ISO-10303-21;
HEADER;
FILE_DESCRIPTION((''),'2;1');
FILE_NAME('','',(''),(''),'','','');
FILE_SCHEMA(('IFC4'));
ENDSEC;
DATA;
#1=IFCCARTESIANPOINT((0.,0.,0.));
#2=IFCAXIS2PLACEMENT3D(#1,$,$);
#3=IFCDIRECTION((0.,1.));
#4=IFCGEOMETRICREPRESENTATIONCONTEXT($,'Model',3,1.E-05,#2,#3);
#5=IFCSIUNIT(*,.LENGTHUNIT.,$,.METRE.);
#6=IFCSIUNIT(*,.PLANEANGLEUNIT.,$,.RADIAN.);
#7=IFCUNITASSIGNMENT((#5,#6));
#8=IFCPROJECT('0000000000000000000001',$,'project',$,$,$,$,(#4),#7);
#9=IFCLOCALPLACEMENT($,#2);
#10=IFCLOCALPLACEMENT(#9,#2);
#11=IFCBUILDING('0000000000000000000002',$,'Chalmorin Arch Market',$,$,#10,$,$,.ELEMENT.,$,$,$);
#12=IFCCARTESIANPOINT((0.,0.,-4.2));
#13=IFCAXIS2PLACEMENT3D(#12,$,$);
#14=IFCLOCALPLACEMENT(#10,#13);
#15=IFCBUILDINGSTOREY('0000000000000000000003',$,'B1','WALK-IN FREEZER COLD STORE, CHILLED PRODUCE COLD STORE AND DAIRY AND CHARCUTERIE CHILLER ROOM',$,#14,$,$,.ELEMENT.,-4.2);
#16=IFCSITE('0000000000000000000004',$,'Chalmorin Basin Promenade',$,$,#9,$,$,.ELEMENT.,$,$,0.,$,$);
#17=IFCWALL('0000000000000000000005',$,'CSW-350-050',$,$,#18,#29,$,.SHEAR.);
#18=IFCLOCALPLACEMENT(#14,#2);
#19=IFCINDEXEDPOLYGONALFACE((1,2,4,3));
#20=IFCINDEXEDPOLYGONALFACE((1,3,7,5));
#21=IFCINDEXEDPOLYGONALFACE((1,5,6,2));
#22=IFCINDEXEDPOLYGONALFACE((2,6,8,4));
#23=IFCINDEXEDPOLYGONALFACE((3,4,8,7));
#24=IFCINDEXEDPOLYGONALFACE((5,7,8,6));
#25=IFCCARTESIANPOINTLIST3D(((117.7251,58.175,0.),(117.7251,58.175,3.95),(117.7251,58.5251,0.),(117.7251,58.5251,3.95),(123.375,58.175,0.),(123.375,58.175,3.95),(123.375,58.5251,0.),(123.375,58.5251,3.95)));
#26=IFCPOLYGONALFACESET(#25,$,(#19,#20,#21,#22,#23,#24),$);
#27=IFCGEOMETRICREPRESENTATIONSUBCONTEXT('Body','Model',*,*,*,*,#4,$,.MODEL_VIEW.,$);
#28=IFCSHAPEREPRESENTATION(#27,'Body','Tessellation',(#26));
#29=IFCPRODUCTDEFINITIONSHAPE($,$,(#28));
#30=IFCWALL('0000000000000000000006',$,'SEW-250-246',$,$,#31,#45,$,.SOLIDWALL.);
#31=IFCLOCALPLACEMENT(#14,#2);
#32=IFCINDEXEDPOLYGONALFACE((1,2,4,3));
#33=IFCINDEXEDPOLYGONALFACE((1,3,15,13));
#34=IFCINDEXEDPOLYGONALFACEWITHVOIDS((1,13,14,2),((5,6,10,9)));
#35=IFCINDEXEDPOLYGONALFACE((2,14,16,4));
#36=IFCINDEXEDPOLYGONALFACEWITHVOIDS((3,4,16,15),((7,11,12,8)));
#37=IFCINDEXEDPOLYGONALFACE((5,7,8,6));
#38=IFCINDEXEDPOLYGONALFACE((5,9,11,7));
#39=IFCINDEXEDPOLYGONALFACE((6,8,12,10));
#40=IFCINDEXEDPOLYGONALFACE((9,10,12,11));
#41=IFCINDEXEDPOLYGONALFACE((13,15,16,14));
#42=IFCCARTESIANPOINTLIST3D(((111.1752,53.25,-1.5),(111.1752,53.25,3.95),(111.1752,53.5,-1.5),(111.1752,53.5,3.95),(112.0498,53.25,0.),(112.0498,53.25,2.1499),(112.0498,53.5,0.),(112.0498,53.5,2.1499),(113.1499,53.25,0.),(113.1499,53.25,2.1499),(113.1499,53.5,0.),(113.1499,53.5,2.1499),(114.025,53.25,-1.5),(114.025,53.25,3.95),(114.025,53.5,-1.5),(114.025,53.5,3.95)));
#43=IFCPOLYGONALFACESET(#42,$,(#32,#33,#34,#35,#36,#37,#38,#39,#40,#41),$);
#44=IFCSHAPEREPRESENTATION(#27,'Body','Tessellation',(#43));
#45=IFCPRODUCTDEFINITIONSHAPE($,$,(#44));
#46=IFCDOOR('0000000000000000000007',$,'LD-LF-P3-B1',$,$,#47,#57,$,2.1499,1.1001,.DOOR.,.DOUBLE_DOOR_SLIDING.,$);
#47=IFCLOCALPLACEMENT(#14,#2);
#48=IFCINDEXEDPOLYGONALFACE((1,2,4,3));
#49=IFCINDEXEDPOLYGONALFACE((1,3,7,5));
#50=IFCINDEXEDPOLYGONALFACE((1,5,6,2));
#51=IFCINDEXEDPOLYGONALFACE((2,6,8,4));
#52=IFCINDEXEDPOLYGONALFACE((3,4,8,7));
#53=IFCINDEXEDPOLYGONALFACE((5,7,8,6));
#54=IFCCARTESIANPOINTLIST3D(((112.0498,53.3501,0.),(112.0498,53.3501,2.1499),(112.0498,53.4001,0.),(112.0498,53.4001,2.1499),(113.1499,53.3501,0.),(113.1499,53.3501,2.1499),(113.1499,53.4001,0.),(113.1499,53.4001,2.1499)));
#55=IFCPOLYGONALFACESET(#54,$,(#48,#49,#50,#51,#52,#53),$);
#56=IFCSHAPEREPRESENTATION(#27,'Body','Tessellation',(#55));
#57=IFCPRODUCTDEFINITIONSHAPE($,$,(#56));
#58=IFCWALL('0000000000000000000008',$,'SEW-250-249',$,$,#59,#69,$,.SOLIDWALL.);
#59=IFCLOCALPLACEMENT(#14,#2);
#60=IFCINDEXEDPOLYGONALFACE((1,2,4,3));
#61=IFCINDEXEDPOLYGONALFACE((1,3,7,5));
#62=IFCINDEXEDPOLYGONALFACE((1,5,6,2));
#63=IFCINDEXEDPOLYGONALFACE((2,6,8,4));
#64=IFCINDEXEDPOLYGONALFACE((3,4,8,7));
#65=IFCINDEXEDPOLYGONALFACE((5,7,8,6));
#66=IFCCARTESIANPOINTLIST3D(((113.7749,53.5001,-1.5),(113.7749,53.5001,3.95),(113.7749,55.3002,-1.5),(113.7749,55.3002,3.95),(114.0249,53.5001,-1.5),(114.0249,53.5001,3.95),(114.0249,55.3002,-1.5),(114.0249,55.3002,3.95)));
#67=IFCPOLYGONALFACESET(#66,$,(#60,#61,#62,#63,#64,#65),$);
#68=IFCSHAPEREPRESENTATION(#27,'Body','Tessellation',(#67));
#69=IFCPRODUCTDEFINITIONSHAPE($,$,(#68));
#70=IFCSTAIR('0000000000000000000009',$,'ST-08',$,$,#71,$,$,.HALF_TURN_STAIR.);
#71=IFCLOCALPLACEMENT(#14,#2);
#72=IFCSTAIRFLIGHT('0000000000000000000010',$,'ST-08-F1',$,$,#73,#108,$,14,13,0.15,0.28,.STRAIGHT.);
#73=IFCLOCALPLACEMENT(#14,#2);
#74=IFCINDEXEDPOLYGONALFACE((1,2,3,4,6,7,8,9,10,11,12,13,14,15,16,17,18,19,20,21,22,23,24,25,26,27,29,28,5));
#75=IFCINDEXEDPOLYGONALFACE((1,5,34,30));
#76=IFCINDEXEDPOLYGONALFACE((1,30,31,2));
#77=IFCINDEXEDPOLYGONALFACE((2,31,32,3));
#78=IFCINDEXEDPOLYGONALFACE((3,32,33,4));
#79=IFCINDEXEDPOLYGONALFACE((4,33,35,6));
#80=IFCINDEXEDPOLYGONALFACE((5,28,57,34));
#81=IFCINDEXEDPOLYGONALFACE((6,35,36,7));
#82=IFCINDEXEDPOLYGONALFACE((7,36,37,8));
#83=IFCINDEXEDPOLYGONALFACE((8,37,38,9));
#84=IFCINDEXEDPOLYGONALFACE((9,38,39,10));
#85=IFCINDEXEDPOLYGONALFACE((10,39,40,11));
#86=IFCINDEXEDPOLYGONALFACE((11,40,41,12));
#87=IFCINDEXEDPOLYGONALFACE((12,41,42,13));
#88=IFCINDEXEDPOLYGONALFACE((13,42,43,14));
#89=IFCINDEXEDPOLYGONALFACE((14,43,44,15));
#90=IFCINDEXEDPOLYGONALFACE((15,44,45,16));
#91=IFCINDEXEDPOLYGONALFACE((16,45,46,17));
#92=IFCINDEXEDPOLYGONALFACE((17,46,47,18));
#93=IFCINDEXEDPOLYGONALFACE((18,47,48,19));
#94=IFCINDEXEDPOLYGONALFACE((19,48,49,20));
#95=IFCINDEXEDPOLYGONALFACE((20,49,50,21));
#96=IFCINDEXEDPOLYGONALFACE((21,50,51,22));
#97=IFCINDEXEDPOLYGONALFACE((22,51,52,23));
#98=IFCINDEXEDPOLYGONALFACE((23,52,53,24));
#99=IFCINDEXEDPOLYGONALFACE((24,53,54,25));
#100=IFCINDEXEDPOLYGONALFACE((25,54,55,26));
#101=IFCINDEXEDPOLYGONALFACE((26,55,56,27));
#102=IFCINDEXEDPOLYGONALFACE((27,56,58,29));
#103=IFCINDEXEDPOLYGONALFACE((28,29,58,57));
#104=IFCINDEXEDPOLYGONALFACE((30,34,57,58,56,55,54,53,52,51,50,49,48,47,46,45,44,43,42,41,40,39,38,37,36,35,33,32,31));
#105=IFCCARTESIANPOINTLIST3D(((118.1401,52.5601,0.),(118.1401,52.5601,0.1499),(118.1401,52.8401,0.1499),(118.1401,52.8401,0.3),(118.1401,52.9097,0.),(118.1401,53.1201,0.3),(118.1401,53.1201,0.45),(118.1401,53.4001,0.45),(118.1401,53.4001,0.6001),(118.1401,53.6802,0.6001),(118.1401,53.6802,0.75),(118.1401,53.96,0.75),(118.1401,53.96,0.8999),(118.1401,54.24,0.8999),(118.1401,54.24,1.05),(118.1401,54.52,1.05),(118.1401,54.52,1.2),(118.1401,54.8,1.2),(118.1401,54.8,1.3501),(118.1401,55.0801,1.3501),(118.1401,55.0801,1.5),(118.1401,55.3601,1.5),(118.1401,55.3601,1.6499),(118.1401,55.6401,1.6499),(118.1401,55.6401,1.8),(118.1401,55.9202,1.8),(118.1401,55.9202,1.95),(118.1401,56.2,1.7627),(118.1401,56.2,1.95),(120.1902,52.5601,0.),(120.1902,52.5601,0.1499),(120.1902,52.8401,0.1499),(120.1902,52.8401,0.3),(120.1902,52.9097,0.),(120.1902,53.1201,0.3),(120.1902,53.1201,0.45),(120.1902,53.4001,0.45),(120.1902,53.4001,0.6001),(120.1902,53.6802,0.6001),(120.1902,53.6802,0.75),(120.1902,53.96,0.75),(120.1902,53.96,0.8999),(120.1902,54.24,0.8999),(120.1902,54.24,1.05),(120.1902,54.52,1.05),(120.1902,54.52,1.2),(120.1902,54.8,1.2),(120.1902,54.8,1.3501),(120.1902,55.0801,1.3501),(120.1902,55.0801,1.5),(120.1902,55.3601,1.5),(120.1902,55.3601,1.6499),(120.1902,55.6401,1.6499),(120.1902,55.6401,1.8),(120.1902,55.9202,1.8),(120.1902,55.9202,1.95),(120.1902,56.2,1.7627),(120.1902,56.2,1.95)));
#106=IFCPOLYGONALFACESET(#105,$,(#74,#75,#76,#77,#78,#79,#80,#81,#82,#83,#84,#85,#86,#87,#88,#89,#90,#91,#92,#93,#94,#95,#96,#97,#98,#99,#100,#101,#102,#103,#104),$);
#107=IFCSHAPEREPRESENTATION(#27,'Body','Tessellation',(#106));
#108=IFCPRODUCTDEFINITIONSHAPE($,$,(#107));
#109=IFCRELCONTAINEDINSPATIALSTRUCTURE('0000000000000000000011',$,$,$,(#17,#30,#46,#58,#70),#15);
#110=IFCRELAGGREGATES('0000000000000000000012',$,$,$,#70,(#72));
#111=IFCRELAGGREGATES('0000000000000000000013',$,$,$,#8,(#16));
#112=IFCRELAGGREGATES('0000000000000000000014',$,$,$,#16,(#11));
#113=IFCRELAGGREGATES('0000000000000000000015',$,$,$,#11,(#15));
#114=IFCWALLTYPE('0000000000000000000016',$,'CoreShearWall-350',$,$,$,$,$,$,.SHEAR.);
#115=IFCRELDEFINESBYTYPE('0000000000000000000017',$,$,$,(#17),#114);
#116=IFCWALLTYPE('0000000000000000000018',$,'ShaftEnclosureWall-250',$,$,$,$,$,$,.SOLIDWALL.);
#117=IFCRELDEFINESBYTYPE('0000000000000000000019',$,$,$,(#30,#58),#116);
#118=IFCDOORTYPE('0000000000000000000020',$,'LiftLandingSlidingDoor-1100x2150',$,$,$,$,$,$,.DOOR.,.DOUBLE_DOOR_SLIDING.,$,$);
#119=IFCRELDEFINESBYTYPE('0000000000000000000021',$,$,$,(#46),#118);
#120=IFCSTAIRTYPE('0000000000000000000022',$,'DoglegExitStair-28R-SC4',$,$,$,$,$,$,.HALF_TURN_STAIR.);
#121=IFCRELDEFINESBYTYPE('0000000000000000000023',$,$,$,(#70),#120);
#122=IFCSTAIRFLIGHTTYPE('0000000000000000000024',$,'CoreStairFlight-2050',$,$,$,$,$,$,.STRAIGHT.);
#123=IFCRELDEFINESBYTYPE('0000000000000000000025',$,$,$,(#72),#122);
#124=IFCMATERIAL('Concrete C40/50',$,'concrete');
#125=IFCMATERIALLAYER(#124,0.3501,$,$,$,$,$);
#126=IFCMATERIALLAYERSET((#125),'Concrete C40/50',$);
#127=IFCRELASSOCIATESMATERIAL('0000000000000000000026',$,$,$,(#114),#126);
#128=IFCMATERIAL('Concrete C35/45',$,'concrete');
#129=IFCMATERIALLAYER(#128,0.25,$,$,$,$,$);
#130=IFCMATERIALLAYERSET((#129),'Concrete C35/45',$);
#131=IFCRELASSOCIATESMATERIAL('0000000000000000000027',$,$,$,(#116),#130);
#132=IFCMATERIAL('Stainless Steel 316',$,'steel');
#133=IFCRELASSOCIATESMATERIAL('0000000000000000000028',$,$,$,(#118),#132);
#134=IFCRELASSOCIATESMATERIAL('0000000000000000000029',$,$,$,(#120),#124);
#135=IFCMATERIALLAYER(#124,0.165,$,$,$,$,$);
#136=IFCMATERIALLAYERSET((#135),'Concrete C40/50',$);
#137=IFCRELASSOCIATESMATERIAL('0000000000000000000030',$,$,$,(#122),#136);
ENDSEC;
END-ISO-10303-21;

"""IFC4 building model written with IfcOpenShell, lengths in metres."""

from ifc_helpers import new_model, si_unit, direction, frame, frame_2d, origin, place, context, subcontext, project, spatial, polyline, rectangle, outline, extrude, material, layer, layer_set, type_object, element, fill, aggregate, save


model = new_model("IFC4")

# Units and contexts
model_context = context("Model", 3, precision=1e-05, world=origin(), true_north=direction((0.0, 1.0)))
body_context = subcontext(model_context, "Body", "Model", "MODEL_VIEW")
ifc_project = project(units=[si_unit("LENGTHUNIT", "METRE"), si_unit("PLANEANGLEUNIT", "RADIAN")], contexts=[model_context])

# Site, building, storey
site_placement = place(None, origin())
site = spatial("IfcSite", under=ifc_project, at=site_placement, Name="Chalmorin Basin Promenade", CompositionType="ELEMENT", RefElevation=0.0)
building_placement = place(site_placement, origin())
building = spatial("IfcBuilding", under=site, at=building_placement, Name="Chalmorin Arch Market", CompositionType="ELEMENT")
storey_placement = place(building_placement, frame((0.0, 0.0, -4.2)))
storey = spatial("IfcBuildingStorey", under=building, at=storey_placement, Name="B1", Description="WALK-IN FREEZER COLD STORE, CHILLED PRODUCE COLD STORE AND DAIRY AND CHARCUTERIE CHILLER ROOM", CompositionType="ELEMENT", Elevation=-4.2)

# Shared definitions
ifc_material_1 = material(Name="Concrete C40/50", Category="concrete")

# Wall
ifc_layer_1 = layer(ifc_material_1, 0.3501)
ifc_layer_set_1 = layer_set([ifc_layer_1], Name="Concrete C40/50")
wall_type_1 = type_object("IfcWallType", Name="CoreShearWall-350", PredefinedType="SHEAR", material=ifc_layer_set_1)
wall_1_placement = place(storey_placement, frame((117.7251, 58.3501, 0.0), z_axis=(0.0, 0.0, 1.0), x_axis=(1.0, 0.0, 0.0)))
element("IfcWall", 1, at=wall_1_placement, inside=storey, type_object=wall_type_1, Name="CSW-350-050", PredefinedType="SHEAR", context=body_context, shape_type="SweptSolid", body=[
    extrude(rectangle(XDim=5.6499, YDim=0.3501, at=frame_2d((2.825, 0.0))), origin(), (0.0, 0.0, 1.0), 3.95),
])

# Wall, opening, door
ifc_material_2 = material(Name="Concrete C35/45", Category="concrete")
ifc_layer_2 = layer(ifc_material_2, 0.25)
ifc_layer_set_2 = layer_set([ifc_layer_2], Name="Concrete C35/45")
wall_type_2 = type_object("IfcWallType", Name="ShaftEnclosureWall-250", PredefinedType="SOLIDWALL", material=ifc_layer_set_2)
wall_2_placement = place(storey_placement, frame((114.0249, 53.375, -1.5), z_axis=(0.0, 0.0, 1.0), x_axis=(-1.0, 0.0, 0.0)))
wall_2 = element("IfcWall", 2, at=wall_2_placement, inside=storey, type_object=wall_type_2, Name="SEW-250-246", PredefinedType="SOLIDWALL", context=body_context, shape_type="SweptSolid", body=[
    extrude(rectangle(XDim=2.8499, YDim=0.25, at=frame_2d((1.4248, 0.0))), origin(), (0.0, 0.0, 1.0), 5.45),
])
opening_placement = place(wall_2_placement, frame((0.875, 0.0, 1.5)))
opening = element("IfcOpeningElement", 3, at=opening_placement, cuts=wall_2, PredefinedType="OPENING", context=body_context, shape_type="SweptSolid", body=[
    extrude(rectangle(XDim=1.1001, YDim=2.1499, at=frame_2d((0.55, 1.075))), frame((0.0, 0.135, 0.0), z_axis=(0.0, -1.0, 0.0), x_axis=(1.0, 0.0, 0.0)), (0.0, 0.0, 1.0), 0.27),
])
ifc_material_3 = material(Name="Stainless Steel 316", Category="steel")
door_type = type_object("IfcDoorType", Name="LiftLandingSlidingDoor-1100x2150", OperationType="DOUBLE_DOOR_SLIDING", PredefinedType="DOOR", material=ifc_material_3)
door_placement = place(opening_placement, origin())
door = element("IfcDoor", 4, at=door_placement, inside=storey, type_object=door_type, Name="LD-LF-P3-B1", OperationType="DOUBLE_DOOR_SLIDING", OverallHeight=2.1499, OverallWidth=1.1001, PredefinedType="DOOR", context=body_context, shape_type="SweptSolid", body=[
    extrude(rectangle(XDim=1.1001, YDim=2.1499, at=frame_2d((0.55, 1.075))), frame((0.0, 0.0249, 0.0), z_axis=(0.0, -1.0, 0.0), x_axis=(1.0, 0.0, 0.0)), (0.0, 0.0, 1.0), 0.05),
])
fill(opening, door)

# Wall
wall_3_placement = place(storey_placement, frame((113.8999, 55.3, -1.5), z_axis=(0.0, 0.0, 1.0), x_axis=(0.0, -1.0, 0.0)))
element("IfcWall", 5, at=wall_3_placement, inside=storey, type_object=wall_type_2, Name="SEW-250-249", PredefinedType="SOLIDWALL", context=body_context, shape_type="SweptSolid", body=[
    extrude(rectangle(XDim=1.8, YDim=0.25, at=frame_2d((0.8999, 0.0))), origin(), (0.0, 0.0, 1.0), 5.45),
])

# Stair, stair flight
stair_type = type_object("IfcStairType", Name="DoglegExitStair-28R-SC4", PredefinedType="HALF_TURN_STAIR", material=ifc_material_1)
stair_placement = place(storey_placement, origin())
stair = element("IfcStair", 6, at=stair_placement, inside=storey, type_object=stair_type, Name="ST-08", PredefinedType="HALF_TURN_STAIR")
ifc_layer_3 = layer(ifc_material_1, 0.165)
ifc_layer_set_3 = layer_set([ifc_layer_3], Name="Concrete C40/50")
stair_flight_type = type_object("IfcStairFlightType", Name="CoreStairFlight-2050", PredefinedType="STRAIGHT", material=ifc_layer_set_3)
stair_flight_placement = place(storey_placement, frame((119.165, 52.5601, 0.0), z_axis=(0.0, 0.0, 1.0), x_axis=(0.0, 1.0, 0.0)))
stair_flight = element("IfcStairFlight", 7, at=stair_flight_placement, type_object=stair_flight_type, Name="ST-08-F1", NumberOfRisers=14, NumberOfTreads=13, PredefinedType="STRAIGHT", RiserHeight=0.15, TreadLength=0.28, context=body_context, shape_type="SweptSolid", body=[
    extrude(outline(polyline([(0.0, 0.0), (0.0, 0.1499), (0.28, 0.1499), (0.28, 0.3), (0.5601, 0.3), (0.5601, 0.45), (0.8401, 0.45), (0.8401, 0.6001), (1.1201, 0.6001), (1.1201, 0.75), (1.3999, 0.75), (1.3999, 0.8999), (1.6799, 0.8999), (1.6799, 1.05), (1.96, 1.05), (1.96, 1.2), (2.24, 1.2), (2.24, 1.3501), (2.52, 1.3501), (2.52, 1.5), (2.8, 1.5), (2.8, 1.6499), (3.0801, 1.6499), (3.0801, 1.8), (3.3601, 1.8), (3.3601, 1.95), (3.6399, 1.95), (3.6399, 2.1001), (3.6399, 1.7627), (0.3496, 0.0), (0.0, 0.0)])), frame((0.0, 1.0249, 0.0), z_axis=(0.0, -1.0, 0.0), x_axis=(1.0, 0.0, 0.0)), (0.0, 0.0, 1.0), 2.05),
])
aggregate(stair, [stair_flight])

save(model, "model.ifc")
